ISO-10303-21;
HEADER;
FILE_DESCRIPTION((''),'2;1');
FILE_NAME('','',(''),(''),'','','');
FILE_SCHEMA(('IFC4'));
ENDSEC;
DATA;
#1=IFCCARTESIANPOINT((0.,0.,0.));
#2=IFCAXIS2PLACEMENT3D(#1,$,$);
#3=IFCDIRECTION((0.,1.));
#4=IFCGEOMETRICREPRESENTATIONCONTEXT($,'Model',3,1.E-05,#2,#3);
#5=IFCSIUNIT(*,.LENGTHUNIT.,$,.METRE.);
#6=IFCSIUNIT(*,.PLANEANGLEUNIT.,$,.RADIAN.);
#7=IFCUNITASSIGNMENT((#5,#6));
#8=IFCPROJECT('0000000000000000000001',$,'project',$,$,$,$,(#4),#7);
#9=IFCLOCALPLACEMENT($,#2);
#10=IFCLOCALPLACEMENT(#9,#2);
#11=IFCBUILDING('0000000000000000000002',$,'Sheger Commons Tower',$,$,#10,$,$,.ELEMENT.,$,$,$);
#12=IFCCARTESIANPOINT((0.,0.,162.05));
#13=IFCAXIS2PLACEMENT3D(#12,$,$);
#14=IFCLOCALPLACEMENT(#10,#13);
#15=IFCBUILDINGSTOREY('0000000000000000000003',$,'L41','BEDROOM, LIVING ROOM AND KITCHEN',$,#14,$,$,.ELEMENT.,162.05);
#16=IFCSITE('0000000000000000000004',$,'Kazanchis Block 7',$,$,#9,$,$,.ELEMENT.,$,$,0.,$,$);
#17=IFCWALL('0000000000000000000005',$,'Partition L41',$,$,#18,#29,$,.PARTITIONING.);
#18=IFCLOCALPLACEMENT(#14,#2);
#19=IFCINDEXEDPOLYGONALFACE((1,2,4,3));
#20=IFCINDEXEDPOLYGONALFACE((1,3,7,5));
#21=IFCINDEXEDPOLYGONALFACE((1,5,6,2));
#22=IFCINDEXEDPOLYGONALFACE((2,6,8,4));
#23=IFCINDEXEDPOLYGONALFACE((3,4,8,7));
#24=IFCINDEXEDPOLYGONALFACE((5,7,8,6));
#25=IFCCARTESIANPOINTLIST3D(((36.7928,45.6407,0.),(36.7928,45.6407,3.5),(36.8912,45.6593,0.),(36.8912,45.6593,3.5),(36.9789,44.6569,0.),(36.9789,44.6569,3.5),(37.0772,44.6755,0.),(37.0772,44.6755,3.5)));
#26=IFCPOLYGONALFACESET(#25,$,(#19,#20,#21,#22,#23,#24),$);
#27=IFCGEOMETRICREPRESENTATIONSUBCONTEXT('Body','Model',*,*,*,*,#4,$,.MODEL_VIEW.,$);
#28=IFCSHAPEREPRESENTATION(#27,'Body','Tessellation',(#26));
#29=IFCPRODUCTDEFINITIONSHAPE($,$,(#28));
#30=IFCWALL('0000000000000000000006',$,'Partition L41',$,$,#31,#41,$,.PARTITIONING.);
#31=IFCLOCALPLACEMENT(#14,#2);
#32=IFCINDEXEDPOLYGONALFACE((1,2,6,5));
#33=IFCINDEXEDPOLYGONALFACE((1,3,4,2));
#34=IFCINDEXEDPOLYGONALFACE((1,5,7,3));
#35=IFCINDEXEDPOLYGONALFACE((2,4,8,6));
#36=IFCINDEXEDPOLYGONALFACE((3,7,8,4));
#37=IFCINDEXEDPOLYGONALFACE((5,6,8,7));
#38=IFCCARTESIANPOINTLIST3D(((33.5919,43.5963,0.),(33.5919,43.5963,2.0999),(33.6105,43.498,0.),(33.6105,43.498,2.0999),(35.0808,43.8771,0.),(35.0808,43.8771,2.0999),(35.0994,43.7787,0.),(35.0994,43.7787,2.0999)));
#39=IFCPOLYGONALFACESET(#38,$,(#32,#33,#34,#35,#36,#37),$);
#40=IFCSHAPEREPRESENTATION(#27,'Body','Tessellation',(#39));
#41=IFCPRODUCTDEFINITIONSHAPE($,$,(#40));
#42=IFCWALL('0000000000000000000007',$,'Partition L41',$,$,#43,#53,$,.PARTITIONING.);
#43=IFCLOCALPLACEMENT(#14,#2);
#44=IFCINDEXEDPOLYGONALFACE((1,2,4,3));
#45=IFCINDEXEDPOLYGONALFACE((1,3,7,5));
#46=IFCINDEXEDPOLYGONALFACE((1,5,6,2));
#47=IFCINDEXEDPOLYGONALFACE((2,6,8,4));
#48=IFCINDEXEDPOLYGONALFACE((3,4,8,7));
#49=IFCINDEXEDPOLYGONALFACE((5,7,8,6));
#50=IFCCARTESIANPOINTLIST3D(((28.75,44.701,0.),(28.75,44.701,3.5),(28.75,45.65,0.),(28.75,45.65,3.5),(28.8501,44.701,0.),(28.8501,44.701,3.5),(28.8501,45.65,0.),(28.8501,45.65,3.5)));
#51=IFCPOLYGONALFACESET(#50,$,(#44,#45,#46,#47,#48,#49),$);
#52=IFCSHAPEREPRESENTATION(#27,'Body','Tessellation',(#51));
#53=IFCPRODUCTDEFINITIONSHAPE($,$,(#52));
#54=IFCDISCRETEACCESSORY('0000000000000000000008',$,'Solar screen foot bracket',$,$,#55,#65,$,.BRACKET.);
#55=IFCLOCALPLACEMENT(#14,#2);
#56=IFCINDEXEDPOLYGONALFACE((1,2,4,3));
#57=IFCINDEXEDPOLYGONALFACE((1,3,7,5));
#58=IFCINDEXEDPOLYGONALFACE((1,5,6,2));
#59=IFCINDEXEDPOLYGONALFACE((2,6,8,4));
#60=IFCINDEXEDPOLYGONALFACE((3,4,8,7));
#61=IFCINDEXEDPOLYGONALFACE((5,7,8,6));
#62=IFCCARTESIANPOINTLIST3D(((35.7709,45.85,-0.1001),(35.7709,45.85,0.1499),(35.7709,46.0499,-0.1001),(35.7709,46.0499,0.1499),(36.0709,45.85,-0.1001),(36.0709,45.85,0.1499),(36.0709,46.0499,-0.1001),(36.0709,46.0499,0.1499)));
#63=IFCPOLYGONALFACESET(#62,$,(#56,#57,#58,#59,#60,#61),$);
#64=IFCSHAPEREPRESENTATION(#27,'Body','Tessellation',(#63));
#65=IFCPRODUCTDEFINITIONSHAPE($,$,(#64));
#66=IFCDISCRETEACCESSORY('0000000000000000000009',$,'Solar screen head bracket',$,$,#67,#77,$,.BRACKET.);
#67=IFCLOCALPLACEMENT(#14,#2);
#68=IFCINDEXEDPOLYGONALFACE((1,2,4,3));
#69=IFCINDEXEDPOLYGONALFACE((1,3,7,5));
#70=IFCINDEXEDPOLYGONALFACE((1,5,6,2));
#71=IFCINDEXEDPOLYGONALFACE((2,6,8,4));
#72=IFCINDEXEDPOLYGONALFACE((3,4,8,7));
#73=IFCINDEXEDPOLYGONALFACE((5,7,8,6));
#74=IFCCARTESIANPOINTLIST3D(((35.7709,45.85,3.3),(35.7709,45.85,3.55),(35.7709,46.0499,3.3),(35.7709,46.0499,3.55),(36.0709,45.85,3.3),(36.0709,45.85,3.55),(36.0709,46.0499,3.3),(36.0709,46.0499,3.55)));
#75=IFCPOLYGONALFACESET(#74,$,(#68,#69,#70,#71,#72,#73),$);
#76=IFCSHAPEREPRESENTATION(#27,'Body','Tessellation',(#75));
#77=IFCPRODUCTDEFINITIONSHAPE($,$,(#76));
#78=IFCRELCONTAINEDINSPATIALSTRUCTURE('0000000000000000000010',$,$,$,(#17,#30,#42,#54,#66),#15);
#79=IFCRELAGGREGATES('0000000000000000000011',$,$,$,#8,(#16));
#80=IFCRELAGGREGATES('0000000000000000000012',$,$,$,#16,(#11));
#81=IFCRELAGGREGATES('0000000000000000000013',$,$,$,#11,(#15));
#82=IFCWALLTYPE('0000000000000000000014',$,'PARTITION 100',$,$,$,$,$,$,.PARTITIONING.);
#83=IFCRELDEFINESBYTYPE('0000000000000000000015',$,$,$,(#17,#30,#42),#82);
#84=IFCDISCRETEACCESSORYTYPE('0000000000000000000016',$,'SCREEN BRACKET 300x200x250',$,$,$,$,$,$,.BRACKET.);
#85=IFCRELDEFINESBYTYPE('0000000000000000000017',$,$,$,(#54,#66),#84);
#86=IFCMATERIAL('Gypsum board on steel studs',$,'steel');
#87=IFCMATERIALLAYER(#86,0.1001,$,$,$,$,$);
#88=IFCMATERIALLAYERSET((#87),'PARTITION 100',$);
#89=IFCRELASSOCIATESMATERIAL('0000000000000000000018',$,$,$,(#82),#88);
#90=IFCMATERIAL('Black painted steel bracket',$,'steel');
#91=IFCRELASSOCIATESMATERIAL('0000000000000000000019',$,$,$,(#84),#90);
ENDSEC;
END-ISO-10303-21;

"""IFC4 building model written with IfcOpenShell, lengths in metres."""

from ifc_helpers import new_model, si_unit, direction, frame, frame_2d, origin, origin_2d, place, context, subcontext, project, spatial, rectangle, extrude, material, layer, layer_set, type_object, element, save


model = new_model("IFC4")

# Units and contexts
model_context = context("Model", 3, precision=1e-05, world=origin(), true_north=direction((0.0, 1.0)))
body_context = subcontext(model_context, "Body", "Model", "MODEL_VIEW")
ifc_project = project(units=[si_unit("LENGTHUNIT", "METRE"), si_unit("PLANEANGLEUNIT", "RADIAN")], contexts=[model_context])

# Site, building, storey
site_placement = place(None, origin())
site = spatial("IfcSite", under=ifc_project, at=site_placement, Name="Kazanchis Block 7", CompositionType="ELEMENT", RefElevation=0.0)
building_placement = place(site_placement, origin())
building = spatial("IfcBuilding", under=site, at=building_placement, Name="Sheger Commons Tower", CompositionType="ELEMENT")
storey_placement = place(building_placement, frame((0.0, 0.0, 162.05)))
storey = spatial("IfcBuildingStorey", under=building, at=storey_placement, Name="L41", Description="BEDROOM, LIVING ROOM AND KITCHEN", CompositionType="ELEMENT", Elevation=162.05)

# Walls
ifc_material_1 = material(Name="Gypsum board on steel studs", Category="steel")
ifc_layer_1 = layer(ifc_material_1, 0.1001)
ifc_layer_set_1 = layer_set([ifc_layer_1], Name="PARTITION 100")
wall_type_1 = type_object("IfcWallType", Name="PARTITION 100", PredefinedType="PARTITIONING", material=ifc_layer_set_1)
wall_1_placement = place(storey_placement, frame((36.842, 45.6499, 0.0), z_axis=(0.0, 0.0, 1.0), x_axis=(0.18579, -0.982589, 0.0)))
element("IfcWall", 1, at=wall_1_placement, inside=storey, type_object=wall_type_1, Name="Partition L41", PredefinedType="PARTITIONING", context=body_context, shape_type="SweptSolid", body=[
    extrude(rectangle(XDim=1.0012, YDim=0.1001, at=frame_2d((0.5005, 0.0))), origin(), (0.0, 0.0, 1.0), 3.5),
])
wall_2_placement = place(storey_placement, frame((35.0901, 43.8279, 0.0), z_axis=(0.0, 0.0, 1.0), x_axis=(-0.982684, -0.18529, 0.0)))
element("IfcWall", 2, at=wall_2_placement, inside=storey, type_object=wall_type_1, Name="Partition L41", PredefinedType="PARTITIONING", context=body_context, shape_type="SweptSolid", body=[
    extrude(rectangle(XDim=1.5151, YDim=0.1001, at=frame_2d((0.7576, 0.0))), origin(), (0.0, 0.0, 1.0), 2.0999),
])
wall_3_placement = place(storey_placement, frame((28.8, 44.7009, 0.0), z_axis=(0.0, 0.0, 1.0), x_axis=(0.0, 1.0, 0.0)))
element("IfcWall", 3, at=wall_3_placement, inside=storey, type_object=wall_type_1, Name="Partition L41", PredefinedType="PARTITIONING", context=body_context, shape_type="SweptSolid", body=[
    extrude(rectangle(XDim=0.949, YDim=0.1001, at=frame_2d((0.4746, 0.0))), origin(), (0.0, 0.0, 1.0), 3.5),
])

# Discrete accessories
ifc_material_2 = material(Name="Black painted steel bracket", Category="steel")
discrete_accessory_type = type_object("IfcDiscreteAccessoryType", Name="SCREEN BRACKET 300x200x250", PredefinedType="BRACKET", material=ifc_material_2)
for number, where, z_axis, x_axis, name in (
    (4, (35.9209, 45.95, -0.1001), (0.0, 0.0, 1.0), (-1.0, 0.0, 0.0), "Solar screen foot bracket"),
    (5, (35.9209, 45.95, 3.3), (0.0, 0.0, 1.0), (-1.0, 0.0, 0.0), "Solar screen head bracket"),
):
    element("IfcDiscreteAccessory", number, at=place(storey_placement, frame(where, z_axis=z_axis, x_axis=x_axis)), inside=storey, type_object=discrete_accessory_type, Name=name, PredefinedType="BRACKET", context=body_context, shape_type="SweptSolid", body=[
        extrude(rectangle(XDim=0.3, YDim=0.2, at=origin_2d()), origin(), (0.0, 0.0, 1.0), 0.25),
    ])

save(model, "model.ifc")
